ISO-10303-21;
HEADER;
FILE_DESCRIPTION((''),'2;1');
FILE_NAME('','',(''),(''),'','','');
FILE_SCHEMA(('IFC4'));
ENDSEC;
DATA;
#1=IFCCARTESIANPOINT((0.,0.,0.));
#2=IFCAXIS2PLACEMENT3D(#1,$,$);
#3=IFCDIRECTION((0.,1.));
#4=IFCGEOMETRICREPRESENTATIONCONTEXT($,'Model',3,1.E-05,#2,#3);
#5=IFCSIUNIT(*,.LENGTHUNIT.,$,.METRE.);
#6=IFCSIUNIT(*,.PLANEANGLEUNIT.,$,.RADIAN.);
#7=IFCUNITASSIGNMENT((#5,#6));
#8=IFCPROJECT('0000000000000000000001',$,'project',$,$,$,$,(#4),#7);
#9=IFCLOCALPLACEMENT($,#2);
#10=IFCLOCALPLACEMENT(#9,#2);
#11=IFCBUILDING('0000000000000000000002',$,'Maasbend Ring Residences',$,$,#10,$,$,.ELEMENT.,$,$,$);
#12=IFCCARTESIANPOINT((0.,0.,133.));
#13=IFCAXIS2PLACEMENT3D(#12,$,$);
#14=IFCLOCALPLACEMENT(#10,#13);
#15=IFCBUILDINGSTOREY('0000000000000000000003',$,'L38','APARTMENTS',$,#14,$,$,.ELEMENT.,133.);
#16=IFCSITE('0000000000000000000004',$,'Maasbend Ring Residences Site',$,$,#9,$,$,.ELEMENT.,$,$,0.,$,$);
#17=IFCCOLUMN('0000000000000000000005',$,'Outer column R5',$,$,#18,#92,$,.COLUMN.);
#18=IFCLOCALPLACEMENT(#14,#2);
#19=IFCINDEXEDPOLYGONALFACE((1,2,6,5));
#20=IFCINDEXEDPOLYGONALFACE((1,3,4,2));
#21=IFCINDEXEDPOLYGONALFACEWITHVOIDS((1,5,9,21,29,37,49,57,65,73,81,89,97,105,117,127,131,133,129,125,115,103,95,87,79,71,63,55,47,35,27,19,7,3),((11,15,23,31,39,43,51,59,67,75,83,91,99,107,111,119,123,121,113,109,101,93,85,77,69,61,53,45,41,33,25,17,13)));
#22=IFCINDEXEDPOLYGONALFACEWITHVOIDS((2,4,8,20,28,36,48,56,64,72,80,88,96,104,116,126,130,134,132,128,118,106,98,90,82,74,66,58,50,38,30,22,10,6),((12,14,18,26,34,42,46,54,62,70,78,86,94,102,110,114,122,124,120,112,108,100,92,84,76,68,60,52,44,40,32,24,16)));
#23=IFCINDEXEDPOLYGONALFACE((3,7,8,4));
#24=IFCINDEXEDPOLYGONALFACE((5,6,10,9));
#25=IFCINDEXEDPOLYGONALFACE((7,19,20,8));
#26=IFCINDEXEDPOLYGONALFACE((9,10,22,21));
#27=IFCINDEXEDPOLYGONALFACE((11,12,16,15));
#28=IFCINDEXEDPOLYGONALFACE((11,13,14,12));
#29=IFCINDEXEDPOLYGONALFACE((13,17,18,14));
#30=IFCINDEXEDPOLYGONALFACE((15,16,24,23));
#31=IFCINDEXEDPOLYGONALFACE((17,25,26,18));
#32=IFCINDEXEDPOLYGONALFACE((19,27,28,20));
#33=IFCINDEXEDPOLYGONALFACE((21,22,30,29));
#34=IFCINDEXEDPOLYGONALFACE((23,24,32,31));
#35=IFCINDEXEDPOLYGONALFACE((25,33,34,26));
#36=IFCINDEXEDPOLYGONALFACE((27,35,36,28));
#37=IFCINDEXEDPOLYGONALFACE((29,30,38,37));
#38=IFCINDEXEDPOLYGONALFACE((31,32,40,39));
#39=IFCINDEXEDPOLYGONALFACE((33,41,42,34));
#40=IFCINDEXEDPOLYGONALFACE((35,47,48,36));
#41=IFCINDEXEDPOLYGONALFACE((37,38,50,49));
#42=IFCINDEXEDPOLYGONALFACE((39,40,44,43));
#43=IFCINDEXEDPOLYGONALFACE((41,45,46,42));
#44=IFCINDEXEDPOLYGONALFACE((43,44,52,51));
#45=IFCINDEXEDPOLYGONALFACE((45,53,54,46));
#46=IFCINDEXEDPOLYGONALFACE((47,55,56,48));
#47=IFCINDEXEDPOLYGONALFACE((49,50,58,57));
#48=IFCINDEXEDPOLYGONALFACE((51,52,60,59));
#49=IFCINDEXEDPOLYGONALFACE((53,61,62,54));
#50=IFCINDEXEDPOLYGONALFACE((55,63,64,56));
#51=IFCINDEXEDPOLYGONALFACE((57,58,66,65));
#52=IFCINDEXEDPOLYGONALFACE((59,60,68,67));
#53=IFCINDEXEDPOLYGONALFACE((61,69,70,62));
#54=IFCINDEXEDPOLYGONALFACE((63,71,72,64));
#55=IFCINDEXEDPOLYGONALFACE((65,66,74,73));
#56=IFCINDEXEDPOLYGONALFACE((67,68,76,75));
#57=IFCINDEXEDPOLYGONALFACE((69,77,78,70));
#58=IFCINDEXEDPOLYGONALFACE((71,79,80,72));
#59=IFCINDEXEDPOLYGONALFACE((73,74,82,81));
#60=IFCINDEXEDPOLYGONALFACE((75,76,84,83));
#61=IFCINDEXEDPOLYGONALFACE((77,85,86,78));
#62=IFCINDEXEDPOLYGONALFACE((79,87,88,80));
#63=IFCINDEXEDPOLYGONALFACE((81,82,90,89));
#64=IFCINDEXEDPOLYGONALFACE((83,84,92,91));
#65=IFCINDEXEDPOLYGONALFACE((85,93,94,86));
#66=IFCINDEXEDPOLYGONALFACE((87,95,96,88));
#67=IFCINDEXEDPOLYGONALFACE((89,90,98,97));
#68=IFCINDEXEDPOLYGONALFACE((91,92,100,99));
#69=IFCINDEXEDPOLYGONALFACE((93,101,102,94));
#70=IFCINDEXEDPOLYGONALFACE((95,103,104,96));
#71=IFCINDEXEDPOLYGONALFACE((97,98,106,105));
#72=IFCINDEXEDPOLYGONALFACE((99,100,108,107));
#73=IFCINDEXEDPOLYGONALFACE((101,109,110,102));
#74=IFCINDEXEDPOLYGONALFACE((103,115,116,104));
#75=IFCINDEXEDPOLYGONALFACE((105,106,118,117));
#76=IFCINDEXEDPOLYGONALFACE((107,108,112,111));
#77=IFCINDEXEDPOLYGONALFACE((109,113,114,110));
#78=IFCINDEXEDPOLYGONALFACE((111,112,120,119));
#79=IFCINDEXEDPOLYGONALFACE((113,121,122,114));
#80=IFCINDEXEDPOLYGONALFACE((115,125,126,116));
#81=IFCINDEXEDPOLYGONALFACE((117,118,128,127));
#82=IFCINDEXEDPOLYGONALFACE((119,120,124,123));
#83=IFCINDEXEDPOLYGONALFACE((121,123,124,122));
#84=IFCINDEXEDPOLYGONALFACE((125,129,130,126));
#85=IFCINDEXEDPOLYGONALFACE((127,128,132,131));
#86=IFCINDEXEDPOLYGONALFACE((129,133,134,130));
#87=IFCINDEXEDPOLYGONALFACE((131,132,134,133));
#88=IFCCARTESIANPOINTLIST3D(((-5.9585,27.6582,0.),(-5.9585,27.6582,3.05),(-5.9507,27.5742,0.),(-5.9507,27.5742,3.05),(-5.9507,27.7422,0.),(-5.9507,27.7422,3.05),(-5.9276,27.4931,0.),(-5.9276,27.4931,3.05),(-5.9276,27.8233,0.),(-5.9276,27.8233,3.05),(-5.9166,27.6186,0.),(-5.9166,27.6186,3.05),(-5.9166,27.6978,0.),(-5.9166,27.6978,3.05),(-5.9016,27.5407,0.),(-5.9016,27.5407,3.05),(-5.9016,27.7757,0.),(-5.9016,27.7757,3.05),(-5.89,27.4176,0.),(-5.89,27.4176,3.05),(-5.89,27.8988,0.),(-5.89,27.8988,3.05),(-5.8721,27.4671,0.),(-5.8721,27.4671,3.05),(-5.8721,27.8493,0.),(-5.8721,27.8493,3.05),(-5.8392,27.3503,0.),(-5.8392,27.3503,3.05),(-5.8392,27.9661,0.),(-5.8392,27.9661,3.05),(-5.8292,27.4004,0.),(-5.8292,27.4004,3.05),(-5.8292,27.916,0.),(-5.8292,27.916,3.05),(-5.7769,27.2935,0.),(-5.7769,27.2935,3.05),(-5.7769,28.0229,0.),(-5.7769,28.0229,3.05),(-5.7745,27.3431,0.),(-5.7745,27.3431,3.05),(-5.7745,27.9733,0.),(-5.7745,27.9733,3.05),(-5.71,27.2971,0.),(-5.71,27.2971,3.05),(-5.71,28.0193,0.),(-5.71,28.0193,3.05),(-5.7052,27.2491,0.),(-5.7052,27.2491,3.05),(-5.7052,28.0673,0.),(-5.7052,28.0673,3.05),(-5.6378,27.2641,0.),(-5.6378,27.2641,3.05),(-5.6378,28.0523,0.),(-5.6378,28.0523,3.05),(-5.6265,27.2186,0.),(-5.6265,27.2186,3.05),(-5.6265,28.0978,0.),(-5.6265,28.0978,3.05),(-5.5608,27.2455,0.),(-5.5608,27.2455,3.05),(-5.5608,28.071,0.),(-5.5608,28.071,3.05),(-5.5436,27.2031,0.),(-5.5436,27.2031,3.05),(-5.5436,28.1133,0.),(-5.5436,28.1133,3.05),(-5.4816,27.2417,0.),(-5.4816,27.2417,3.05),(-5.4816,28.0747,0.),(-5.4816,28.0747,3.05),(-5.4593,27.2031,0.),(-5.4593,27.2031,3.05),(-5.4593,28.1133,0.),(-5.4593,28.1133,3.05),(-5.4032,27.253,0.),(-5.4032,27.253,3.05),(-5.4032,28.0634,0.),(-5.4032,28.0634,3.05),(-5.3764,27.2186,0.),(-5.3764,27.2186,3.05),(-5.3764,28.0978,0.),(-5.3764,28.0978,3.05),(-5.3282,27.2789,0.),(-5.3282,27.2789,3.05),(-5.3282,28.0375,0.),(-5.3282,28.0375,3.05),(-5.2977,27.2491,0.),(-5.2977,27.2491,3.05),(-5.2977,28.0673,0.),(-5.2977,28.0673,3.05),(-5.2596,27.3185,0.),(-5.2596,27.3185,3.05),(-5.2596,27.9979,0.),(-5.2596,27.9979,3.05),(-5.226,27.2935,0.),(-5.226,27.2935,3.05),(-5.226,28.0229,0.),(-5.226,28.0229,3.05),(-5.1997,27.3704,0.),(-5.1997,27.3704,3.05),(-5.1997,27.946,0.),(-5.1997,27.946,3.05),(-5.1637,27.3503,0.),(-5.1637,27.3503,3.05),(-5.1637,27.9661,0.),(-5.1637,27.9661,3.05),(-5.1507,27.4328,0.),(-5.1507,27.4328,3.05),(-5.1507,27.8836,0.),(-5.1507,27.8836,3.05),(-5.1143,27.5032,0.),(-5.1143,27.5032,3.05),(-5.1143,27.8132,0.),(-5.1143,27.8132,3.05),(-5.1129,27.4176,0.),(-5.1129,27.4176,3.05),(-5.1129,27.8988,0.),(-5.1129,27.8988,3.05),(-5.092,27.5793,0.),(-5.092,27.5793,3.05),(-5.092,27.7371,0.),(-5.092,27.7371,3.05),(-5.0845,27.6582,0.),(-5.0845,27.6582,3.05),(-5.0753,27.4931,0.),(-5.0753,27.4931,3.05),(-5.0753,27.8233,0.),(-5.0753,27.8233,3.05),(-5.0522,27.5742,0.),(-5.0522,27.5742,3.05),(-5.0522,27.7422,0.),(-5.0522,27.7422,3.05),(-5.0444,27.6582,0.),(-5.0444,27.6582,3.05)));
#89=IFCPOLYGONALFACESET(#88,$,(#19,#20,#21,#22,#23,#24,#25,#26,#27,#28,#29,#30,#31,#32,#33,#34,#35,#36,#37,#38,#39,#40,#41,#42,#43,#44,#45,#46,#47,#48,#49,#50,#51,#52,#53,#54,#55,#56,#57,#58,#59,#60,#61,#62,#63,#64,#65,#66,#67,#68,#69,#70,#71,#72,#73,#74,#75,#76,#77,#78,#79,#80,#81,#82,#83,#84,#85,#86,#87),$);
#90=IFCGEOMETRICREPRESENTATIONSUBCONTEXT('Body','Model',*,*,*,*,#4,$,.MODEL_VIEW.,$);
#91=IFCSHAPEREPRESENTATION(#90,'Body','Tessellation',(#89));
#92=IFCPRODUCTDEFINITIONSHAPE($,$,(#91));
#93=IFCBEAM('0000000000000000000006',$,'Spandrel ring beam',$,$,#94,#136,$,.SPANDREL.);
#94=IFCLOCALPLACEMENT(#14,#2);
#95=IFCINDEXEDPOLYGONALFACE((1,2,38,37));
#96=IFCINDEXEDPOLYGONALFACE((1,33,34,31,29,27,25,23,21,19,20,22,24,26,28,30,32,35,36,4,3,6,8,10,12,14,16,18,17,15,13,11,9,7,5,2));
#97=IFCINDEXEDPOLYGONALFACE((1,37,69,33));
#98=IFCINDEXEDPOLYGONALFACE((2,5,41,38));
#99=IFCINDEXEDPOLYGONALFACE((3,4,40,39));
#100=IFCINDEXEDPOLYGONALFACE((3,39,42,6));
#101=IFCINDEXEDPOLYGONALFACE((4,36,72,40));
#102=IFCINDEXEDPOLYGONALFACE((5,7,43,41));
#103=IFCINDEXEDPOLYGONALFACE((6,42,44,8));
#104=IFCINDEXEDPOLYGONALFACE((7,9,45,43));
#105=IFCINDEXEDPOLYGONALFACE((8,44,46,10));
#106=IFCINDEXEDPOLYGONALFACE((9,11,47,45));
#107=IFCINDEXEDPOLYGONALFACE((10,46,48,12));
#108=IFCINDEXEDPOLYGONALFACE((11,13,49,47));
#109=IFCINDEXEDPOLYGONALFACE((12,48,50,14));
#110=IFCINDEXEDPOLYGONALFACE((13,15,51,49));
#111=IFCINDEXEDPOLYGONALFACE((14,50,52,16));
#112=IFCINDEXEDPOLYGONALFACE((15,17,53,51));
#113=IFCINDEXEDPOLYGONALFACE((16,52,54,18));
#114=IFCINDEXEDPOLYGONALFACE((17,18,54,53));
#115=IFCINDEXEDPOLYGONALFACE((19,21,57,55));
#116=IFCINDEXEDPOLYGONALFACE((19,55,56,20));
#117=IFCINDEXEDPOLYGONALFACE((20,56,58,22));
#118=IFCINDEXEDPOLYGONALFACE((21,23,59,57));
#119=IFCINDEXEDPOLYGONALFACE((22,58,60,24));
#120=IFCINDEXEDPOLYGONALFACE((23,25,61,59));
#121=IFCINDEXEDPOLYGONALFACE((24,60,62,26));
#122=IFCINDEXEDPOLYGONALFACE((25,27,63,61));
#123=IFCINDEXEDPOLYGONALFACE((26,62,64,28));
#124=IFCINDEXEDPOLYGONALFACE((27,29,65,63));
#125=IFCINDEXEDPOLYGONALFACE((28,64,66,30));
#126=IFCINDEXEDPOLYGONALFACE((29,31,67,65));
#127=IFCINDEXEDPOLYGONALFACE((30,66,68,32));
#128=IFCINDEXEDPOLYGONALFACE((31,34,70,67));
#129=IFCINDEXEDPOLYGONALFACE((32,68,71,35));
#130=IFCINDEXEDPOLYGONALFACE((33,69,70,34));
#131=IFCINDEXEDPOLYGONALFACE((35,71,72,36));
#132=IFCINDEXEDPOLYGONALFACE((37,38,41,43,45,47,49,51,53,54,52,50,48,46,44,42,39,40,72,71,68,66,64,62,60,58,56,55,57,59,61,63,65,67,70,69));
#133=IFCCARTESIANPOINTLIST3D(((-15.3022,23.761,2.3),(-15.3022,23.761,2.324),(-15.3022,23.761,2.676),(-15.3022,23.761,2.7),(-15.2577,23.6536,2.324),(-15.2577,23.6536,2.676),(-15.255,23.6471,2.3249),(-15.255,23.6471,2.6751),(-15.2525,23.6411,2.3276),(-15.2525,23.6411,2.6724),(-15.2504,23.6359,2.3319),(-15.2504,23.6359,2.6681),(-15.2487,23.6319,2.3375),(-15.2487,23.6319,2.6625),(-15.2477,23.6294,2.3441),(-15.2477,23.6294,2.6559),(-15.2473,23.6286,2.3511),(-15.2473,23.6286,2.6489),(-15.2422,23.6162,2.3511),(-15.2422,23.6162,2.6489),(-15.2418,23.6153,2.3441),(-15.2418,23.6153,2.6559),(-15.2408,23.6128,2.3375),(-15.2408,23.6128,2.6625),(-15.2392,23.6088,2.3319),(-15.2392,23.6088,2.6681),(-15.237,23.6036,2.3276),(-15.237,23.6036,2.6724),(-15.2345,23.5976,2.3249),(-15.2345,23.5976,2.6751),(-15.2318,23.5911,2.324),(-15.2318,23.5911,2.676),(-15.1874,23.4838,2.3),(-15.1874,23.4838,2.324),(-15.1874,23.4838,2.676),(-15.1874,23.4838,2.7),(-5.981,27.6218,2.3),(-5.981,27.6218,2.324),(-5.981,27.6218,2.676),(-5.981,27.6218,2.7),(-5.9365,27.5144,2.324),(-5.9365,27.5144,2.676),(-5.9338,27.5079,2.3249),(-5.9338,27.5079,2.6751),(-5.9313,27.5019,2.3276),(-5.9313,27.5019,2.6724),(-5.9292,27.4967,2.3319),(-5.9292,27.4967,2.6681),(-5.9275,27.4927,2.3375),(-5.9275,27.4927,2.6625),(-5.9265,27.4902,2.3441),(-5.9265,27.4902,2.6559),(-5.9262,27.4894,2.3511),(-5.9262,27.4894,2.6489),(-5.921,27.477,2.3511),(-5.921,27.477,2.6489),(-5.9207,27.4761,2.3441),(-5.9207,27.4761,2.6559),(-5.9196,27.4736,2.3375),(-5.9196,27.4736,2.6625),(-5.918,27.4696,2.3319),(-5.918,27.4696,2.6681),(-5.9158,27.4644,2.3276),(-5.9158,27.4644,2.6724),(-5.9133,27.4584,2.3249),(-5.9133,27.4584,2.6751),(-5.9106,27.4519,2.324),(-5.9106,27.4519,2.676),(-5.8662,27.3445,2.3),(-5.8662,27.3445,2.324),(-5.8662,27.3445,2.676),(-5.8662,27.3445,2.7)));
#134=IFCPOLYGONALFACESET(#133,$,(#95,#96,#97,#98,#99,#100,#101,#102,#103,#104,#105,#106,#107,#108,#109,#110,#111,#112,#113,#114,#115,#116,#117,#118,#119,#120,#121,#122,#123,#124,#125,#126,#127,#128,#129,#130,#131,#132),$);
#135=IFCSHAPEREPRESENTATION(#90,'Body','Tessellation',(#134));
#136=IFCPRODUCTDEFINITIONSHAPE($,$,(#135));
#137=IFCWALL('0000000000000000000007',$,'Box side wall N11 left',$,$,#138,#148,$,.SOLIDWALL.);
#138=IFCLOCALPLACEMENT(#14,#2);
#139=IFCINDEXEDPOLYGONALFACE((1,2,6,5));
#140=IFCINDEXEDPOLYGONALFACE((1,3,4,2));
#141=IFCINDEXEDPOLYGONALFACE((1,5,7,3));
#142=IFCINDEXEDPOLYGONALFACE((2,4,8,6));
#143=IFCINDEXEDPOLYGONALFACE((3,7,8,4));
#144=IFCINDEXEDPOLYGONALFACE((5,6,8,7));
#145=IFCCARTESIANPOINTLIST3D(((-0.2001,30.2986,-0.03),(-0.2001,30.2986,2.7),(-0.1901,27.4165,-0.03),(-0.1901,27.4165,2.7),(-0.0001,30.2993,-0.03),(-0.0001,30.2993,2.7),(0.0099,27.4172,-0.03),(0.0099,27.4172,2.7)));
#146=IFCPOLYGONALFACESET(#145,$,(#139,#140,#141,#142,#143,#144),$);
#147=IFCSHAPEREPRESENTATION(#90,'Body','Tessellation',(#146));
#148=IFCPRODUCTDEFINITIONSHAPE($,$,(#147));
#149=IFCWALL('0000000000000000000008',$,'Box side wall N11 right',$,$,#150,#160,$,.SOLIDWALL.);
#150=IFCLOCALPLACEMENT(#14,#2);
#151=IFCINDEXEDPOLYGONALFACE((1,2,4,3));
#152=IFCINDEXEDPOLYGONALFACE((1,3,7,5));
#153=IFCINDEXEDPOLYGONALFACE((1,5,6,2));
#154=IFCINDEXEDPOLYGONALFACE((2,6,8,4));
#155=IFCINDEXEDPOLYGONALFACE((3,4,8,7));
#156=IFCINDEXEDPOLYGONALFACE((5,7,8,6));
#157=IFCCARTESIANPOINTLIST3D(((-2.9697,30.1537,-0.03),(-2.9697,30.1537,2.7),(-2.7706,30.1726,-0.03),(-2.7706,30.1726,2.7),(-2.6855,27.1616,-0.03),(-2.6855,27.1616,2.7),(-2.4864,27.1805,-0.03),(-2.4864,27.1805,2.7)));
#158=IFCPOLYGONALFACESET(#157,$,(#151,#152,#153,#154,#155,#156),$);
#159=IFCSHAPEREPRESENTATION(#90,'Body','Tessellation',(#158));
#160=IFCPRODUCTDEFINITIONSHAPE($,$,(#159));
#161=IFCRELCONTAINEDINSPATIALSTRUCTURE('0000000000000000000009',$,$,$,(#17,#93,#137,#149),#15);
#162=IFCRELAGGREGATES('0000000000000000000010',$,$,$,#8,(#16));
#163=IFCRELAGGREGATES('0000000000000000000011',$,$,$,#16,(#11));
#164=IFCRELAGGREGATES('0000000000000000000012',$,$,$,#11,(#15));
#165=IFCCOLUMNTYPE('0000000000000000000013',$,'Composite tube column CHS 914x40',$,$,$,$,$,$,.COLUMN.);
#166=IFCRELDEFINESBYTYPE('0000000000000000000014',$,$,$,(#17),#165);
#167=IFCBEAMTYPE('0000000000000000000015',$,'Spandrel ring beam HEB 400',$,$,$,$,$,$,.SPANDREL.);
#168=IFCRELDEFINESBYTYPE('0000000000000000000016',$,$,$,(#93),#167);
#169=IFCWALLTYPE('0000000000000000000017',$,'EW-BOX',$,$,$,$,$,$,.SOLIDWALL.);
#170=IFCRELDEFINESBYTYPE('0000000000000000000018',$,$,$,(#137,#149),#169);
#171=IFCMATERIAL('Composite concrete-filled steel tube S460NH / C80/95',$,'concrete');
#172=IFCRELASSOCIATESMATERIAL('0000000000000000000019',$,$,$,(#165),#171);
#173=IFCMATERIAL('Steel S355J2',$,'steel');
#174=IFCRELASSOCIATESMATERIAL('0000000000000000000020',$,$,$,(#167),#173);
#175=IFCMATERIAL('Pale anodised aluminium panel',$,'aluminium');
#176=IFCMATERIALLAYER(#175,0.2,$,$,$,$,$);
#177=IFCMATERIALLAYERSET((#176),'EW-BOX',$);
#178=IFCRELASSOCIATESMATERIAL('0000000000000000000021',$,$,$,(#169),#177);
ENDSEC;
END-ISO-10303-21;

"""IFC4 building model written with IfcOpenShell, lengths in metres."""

from ifc_helpers import new_model, si_unit, direction, frame, frame_2d, origin, origin_2d, place, context, subcontext, project, spatial, rectangle, hollow_circle, i_section, extrude, material, layer, layer_set, material_profile, profile_set, type_object, element, save


model = new_model("IFC4")

# Units and contexts
model_context = context("Model", 3, precision=1e-05, world=origin(), true_north=direction((0.0, 1.0)))
body_context = subcontext(model_context, "Body", "Model", "MODEL_VIEW")
ifc_project = project(units=[si_unit("LENGTHUNIT", "METRE"), si_unit("PLANEANGLEUNIT", "RADIAN")], contexts=[model_context])

# Site, building, storey
site_placement = place(None, origin())
site = spatial("IfcSite", under=ifc_project, at=site_placement, Name="Maasbend Ring Residences Site", CompositionType="ELEMENT", RefElevation=0.0)
building_placement = place(site_placement, origin())
building = spatial("IfcBuilding", under=site, at=building_placement, Name="Maasbend Ring Residences", CompositionType="ELEMENT")
storey_placement = place(building_placement, frame((0.0, 0.0, 133.0)))
storey = spatial("IfcBuildingStorey", under=building, at=storey_placement, Name="L38", Description="APARTMENTS", CompositionType="ELEMENT", Elevation=133.0)

# Column
ifc_material_1 = material(Name="Composite concrete-filled steel tube S460NH / C80/95", Category="concrete")
ifc_material_profile_1 = material_profile(ifc_material_1, hollow_circle(Radius=0.457, WallThickness=0.04, at=origin_2d()), Name="Composite tube column CHS 914x40")
ifc_profile_set_1 = profile_set([ifc_material_profile_1], Name="Composite concrete-filled steel tube S460NH / C80/95")
column_type = type_object("IfcColumnType", Name="Composite tube column CHS 914x40", PredefinedType="COLUMN", material=ifc_profile_set_1)
column_placement = place(storey_placement, frame((-5.5015, 27.6582, 0.0), z_axis=(0.0, 0.0, 1.0), x_axis=(1.0, 0.0, 0.0)))
element("IfcColumn", 1, at=column_placement, inside=storey, type_object=column_type, Name="Outer column R5", PredefinedType="COLUMN", context=body_context, shape_type="SweptSolid", body=[
    extrude(hollow_circle(Radius=0.457, WallThickness=0.04, at=origin_2d()), origin(), (0.0, 0.0, 1.0), 3.05),
])

# Beam
ifc_material_2 = material(Name="Steel S355J2", Category="steel")
ifc_material_profile_2 = material_profile(ifc_material_2, i_section(OverallWidth=0.3, OverallDepth=0.3999, WebThickness=0.0134, FlangeThickness=0.0239, FilletRadius=0.0271, at=origin_2d()), Name="HEB 400")
ifc_profile_set_2 = profile_set([ifc_material_profile_2], Name="Steel S355J2")
beam_type = type_object("IfcBeamType", Name="Spandrel ring beam HEB 400", PredefinedType="SPANDREL", material=ifc_profile_set_2)
beam_placement = place(storey_placement, frame((-5.9236, 27.4832, 2.5), z_axis=(-0.923885, -0.38267, 0.0), x_axis=(0.38267, -0.923885, 0.0)))
element("IfcBeam", 2, at=beam_placement, inside=storey, type_object=beam_type, Name="Spandrel ring beam", PredefinedType="SPANDREL", context=body_context, shape_type="SweptSolid", body=[
    extrude(i_section(OverallWidth=0.3, OverallDepth=0.3999, WebThickness=0.0134, FlangeThickness=0.0239, FilletRadius=0.0271, at=origin_2d()), origin(), (0.0, 0.0, 1.0), 10.0891),
])

# Walls
ifc_material_3 = material(Name="Pale anodised aluminium panel", Category="aluminium")
ifc_layer_1 = layer(ifc_material_3, 0.2)
ifc_layer_set_1 = layer_set([ifc_layer_1], Name="EW-BOX")
wall_type_1 = type_object("IfcWallType", Name="EW-BOX", PredefinedType="SOLIDWALL", material=ifc_layer_set_1)
wall_1_placement = place(storey_placement, frame((-0.0901, 27.417, -0.03), z_axis=(0.0, 0.0, 1.0), x_axis=(-0.003473, 0.999994, 0.0)))
element("IfcWall", 3, at=wall_1_placement, inside=storey, type_object=wall_type_1, Name="Box side wall N11 left", PredefinedType="SOLIDWALL", context=body_context, shape_type="SweptSolid", body=[
    extrude(rectangle(XDim=2.8821, YDim=0.2, at=frame_2d((1.4409, 0.0))), origin(), (0.0, 0.0, 1.0), 2.73),
])
wall_2_placement = place(storey_placement, frame((-2.5859, 27.1709, -0.03), z_axis=(0.0, 0.0, 1.0), x_axis=(-0.094548, 0.99552, 0.0)))
element("IfcWall", 4, at=wall_2_placement, inside=storey, type_object=wall_type_1, Name="Box side wall N11 right", PredefinedType="SOLIDWALL", context=body_context, shape_type="SweptSolid", body=[
    extrude(rectangle(XDim=3.0056, YDim=0.2, at=frame_2d((1.5029, 0.0))), origin(), (0.0, 0.0, 1.0), 2.73),
])

save(model, "model.ifc")
